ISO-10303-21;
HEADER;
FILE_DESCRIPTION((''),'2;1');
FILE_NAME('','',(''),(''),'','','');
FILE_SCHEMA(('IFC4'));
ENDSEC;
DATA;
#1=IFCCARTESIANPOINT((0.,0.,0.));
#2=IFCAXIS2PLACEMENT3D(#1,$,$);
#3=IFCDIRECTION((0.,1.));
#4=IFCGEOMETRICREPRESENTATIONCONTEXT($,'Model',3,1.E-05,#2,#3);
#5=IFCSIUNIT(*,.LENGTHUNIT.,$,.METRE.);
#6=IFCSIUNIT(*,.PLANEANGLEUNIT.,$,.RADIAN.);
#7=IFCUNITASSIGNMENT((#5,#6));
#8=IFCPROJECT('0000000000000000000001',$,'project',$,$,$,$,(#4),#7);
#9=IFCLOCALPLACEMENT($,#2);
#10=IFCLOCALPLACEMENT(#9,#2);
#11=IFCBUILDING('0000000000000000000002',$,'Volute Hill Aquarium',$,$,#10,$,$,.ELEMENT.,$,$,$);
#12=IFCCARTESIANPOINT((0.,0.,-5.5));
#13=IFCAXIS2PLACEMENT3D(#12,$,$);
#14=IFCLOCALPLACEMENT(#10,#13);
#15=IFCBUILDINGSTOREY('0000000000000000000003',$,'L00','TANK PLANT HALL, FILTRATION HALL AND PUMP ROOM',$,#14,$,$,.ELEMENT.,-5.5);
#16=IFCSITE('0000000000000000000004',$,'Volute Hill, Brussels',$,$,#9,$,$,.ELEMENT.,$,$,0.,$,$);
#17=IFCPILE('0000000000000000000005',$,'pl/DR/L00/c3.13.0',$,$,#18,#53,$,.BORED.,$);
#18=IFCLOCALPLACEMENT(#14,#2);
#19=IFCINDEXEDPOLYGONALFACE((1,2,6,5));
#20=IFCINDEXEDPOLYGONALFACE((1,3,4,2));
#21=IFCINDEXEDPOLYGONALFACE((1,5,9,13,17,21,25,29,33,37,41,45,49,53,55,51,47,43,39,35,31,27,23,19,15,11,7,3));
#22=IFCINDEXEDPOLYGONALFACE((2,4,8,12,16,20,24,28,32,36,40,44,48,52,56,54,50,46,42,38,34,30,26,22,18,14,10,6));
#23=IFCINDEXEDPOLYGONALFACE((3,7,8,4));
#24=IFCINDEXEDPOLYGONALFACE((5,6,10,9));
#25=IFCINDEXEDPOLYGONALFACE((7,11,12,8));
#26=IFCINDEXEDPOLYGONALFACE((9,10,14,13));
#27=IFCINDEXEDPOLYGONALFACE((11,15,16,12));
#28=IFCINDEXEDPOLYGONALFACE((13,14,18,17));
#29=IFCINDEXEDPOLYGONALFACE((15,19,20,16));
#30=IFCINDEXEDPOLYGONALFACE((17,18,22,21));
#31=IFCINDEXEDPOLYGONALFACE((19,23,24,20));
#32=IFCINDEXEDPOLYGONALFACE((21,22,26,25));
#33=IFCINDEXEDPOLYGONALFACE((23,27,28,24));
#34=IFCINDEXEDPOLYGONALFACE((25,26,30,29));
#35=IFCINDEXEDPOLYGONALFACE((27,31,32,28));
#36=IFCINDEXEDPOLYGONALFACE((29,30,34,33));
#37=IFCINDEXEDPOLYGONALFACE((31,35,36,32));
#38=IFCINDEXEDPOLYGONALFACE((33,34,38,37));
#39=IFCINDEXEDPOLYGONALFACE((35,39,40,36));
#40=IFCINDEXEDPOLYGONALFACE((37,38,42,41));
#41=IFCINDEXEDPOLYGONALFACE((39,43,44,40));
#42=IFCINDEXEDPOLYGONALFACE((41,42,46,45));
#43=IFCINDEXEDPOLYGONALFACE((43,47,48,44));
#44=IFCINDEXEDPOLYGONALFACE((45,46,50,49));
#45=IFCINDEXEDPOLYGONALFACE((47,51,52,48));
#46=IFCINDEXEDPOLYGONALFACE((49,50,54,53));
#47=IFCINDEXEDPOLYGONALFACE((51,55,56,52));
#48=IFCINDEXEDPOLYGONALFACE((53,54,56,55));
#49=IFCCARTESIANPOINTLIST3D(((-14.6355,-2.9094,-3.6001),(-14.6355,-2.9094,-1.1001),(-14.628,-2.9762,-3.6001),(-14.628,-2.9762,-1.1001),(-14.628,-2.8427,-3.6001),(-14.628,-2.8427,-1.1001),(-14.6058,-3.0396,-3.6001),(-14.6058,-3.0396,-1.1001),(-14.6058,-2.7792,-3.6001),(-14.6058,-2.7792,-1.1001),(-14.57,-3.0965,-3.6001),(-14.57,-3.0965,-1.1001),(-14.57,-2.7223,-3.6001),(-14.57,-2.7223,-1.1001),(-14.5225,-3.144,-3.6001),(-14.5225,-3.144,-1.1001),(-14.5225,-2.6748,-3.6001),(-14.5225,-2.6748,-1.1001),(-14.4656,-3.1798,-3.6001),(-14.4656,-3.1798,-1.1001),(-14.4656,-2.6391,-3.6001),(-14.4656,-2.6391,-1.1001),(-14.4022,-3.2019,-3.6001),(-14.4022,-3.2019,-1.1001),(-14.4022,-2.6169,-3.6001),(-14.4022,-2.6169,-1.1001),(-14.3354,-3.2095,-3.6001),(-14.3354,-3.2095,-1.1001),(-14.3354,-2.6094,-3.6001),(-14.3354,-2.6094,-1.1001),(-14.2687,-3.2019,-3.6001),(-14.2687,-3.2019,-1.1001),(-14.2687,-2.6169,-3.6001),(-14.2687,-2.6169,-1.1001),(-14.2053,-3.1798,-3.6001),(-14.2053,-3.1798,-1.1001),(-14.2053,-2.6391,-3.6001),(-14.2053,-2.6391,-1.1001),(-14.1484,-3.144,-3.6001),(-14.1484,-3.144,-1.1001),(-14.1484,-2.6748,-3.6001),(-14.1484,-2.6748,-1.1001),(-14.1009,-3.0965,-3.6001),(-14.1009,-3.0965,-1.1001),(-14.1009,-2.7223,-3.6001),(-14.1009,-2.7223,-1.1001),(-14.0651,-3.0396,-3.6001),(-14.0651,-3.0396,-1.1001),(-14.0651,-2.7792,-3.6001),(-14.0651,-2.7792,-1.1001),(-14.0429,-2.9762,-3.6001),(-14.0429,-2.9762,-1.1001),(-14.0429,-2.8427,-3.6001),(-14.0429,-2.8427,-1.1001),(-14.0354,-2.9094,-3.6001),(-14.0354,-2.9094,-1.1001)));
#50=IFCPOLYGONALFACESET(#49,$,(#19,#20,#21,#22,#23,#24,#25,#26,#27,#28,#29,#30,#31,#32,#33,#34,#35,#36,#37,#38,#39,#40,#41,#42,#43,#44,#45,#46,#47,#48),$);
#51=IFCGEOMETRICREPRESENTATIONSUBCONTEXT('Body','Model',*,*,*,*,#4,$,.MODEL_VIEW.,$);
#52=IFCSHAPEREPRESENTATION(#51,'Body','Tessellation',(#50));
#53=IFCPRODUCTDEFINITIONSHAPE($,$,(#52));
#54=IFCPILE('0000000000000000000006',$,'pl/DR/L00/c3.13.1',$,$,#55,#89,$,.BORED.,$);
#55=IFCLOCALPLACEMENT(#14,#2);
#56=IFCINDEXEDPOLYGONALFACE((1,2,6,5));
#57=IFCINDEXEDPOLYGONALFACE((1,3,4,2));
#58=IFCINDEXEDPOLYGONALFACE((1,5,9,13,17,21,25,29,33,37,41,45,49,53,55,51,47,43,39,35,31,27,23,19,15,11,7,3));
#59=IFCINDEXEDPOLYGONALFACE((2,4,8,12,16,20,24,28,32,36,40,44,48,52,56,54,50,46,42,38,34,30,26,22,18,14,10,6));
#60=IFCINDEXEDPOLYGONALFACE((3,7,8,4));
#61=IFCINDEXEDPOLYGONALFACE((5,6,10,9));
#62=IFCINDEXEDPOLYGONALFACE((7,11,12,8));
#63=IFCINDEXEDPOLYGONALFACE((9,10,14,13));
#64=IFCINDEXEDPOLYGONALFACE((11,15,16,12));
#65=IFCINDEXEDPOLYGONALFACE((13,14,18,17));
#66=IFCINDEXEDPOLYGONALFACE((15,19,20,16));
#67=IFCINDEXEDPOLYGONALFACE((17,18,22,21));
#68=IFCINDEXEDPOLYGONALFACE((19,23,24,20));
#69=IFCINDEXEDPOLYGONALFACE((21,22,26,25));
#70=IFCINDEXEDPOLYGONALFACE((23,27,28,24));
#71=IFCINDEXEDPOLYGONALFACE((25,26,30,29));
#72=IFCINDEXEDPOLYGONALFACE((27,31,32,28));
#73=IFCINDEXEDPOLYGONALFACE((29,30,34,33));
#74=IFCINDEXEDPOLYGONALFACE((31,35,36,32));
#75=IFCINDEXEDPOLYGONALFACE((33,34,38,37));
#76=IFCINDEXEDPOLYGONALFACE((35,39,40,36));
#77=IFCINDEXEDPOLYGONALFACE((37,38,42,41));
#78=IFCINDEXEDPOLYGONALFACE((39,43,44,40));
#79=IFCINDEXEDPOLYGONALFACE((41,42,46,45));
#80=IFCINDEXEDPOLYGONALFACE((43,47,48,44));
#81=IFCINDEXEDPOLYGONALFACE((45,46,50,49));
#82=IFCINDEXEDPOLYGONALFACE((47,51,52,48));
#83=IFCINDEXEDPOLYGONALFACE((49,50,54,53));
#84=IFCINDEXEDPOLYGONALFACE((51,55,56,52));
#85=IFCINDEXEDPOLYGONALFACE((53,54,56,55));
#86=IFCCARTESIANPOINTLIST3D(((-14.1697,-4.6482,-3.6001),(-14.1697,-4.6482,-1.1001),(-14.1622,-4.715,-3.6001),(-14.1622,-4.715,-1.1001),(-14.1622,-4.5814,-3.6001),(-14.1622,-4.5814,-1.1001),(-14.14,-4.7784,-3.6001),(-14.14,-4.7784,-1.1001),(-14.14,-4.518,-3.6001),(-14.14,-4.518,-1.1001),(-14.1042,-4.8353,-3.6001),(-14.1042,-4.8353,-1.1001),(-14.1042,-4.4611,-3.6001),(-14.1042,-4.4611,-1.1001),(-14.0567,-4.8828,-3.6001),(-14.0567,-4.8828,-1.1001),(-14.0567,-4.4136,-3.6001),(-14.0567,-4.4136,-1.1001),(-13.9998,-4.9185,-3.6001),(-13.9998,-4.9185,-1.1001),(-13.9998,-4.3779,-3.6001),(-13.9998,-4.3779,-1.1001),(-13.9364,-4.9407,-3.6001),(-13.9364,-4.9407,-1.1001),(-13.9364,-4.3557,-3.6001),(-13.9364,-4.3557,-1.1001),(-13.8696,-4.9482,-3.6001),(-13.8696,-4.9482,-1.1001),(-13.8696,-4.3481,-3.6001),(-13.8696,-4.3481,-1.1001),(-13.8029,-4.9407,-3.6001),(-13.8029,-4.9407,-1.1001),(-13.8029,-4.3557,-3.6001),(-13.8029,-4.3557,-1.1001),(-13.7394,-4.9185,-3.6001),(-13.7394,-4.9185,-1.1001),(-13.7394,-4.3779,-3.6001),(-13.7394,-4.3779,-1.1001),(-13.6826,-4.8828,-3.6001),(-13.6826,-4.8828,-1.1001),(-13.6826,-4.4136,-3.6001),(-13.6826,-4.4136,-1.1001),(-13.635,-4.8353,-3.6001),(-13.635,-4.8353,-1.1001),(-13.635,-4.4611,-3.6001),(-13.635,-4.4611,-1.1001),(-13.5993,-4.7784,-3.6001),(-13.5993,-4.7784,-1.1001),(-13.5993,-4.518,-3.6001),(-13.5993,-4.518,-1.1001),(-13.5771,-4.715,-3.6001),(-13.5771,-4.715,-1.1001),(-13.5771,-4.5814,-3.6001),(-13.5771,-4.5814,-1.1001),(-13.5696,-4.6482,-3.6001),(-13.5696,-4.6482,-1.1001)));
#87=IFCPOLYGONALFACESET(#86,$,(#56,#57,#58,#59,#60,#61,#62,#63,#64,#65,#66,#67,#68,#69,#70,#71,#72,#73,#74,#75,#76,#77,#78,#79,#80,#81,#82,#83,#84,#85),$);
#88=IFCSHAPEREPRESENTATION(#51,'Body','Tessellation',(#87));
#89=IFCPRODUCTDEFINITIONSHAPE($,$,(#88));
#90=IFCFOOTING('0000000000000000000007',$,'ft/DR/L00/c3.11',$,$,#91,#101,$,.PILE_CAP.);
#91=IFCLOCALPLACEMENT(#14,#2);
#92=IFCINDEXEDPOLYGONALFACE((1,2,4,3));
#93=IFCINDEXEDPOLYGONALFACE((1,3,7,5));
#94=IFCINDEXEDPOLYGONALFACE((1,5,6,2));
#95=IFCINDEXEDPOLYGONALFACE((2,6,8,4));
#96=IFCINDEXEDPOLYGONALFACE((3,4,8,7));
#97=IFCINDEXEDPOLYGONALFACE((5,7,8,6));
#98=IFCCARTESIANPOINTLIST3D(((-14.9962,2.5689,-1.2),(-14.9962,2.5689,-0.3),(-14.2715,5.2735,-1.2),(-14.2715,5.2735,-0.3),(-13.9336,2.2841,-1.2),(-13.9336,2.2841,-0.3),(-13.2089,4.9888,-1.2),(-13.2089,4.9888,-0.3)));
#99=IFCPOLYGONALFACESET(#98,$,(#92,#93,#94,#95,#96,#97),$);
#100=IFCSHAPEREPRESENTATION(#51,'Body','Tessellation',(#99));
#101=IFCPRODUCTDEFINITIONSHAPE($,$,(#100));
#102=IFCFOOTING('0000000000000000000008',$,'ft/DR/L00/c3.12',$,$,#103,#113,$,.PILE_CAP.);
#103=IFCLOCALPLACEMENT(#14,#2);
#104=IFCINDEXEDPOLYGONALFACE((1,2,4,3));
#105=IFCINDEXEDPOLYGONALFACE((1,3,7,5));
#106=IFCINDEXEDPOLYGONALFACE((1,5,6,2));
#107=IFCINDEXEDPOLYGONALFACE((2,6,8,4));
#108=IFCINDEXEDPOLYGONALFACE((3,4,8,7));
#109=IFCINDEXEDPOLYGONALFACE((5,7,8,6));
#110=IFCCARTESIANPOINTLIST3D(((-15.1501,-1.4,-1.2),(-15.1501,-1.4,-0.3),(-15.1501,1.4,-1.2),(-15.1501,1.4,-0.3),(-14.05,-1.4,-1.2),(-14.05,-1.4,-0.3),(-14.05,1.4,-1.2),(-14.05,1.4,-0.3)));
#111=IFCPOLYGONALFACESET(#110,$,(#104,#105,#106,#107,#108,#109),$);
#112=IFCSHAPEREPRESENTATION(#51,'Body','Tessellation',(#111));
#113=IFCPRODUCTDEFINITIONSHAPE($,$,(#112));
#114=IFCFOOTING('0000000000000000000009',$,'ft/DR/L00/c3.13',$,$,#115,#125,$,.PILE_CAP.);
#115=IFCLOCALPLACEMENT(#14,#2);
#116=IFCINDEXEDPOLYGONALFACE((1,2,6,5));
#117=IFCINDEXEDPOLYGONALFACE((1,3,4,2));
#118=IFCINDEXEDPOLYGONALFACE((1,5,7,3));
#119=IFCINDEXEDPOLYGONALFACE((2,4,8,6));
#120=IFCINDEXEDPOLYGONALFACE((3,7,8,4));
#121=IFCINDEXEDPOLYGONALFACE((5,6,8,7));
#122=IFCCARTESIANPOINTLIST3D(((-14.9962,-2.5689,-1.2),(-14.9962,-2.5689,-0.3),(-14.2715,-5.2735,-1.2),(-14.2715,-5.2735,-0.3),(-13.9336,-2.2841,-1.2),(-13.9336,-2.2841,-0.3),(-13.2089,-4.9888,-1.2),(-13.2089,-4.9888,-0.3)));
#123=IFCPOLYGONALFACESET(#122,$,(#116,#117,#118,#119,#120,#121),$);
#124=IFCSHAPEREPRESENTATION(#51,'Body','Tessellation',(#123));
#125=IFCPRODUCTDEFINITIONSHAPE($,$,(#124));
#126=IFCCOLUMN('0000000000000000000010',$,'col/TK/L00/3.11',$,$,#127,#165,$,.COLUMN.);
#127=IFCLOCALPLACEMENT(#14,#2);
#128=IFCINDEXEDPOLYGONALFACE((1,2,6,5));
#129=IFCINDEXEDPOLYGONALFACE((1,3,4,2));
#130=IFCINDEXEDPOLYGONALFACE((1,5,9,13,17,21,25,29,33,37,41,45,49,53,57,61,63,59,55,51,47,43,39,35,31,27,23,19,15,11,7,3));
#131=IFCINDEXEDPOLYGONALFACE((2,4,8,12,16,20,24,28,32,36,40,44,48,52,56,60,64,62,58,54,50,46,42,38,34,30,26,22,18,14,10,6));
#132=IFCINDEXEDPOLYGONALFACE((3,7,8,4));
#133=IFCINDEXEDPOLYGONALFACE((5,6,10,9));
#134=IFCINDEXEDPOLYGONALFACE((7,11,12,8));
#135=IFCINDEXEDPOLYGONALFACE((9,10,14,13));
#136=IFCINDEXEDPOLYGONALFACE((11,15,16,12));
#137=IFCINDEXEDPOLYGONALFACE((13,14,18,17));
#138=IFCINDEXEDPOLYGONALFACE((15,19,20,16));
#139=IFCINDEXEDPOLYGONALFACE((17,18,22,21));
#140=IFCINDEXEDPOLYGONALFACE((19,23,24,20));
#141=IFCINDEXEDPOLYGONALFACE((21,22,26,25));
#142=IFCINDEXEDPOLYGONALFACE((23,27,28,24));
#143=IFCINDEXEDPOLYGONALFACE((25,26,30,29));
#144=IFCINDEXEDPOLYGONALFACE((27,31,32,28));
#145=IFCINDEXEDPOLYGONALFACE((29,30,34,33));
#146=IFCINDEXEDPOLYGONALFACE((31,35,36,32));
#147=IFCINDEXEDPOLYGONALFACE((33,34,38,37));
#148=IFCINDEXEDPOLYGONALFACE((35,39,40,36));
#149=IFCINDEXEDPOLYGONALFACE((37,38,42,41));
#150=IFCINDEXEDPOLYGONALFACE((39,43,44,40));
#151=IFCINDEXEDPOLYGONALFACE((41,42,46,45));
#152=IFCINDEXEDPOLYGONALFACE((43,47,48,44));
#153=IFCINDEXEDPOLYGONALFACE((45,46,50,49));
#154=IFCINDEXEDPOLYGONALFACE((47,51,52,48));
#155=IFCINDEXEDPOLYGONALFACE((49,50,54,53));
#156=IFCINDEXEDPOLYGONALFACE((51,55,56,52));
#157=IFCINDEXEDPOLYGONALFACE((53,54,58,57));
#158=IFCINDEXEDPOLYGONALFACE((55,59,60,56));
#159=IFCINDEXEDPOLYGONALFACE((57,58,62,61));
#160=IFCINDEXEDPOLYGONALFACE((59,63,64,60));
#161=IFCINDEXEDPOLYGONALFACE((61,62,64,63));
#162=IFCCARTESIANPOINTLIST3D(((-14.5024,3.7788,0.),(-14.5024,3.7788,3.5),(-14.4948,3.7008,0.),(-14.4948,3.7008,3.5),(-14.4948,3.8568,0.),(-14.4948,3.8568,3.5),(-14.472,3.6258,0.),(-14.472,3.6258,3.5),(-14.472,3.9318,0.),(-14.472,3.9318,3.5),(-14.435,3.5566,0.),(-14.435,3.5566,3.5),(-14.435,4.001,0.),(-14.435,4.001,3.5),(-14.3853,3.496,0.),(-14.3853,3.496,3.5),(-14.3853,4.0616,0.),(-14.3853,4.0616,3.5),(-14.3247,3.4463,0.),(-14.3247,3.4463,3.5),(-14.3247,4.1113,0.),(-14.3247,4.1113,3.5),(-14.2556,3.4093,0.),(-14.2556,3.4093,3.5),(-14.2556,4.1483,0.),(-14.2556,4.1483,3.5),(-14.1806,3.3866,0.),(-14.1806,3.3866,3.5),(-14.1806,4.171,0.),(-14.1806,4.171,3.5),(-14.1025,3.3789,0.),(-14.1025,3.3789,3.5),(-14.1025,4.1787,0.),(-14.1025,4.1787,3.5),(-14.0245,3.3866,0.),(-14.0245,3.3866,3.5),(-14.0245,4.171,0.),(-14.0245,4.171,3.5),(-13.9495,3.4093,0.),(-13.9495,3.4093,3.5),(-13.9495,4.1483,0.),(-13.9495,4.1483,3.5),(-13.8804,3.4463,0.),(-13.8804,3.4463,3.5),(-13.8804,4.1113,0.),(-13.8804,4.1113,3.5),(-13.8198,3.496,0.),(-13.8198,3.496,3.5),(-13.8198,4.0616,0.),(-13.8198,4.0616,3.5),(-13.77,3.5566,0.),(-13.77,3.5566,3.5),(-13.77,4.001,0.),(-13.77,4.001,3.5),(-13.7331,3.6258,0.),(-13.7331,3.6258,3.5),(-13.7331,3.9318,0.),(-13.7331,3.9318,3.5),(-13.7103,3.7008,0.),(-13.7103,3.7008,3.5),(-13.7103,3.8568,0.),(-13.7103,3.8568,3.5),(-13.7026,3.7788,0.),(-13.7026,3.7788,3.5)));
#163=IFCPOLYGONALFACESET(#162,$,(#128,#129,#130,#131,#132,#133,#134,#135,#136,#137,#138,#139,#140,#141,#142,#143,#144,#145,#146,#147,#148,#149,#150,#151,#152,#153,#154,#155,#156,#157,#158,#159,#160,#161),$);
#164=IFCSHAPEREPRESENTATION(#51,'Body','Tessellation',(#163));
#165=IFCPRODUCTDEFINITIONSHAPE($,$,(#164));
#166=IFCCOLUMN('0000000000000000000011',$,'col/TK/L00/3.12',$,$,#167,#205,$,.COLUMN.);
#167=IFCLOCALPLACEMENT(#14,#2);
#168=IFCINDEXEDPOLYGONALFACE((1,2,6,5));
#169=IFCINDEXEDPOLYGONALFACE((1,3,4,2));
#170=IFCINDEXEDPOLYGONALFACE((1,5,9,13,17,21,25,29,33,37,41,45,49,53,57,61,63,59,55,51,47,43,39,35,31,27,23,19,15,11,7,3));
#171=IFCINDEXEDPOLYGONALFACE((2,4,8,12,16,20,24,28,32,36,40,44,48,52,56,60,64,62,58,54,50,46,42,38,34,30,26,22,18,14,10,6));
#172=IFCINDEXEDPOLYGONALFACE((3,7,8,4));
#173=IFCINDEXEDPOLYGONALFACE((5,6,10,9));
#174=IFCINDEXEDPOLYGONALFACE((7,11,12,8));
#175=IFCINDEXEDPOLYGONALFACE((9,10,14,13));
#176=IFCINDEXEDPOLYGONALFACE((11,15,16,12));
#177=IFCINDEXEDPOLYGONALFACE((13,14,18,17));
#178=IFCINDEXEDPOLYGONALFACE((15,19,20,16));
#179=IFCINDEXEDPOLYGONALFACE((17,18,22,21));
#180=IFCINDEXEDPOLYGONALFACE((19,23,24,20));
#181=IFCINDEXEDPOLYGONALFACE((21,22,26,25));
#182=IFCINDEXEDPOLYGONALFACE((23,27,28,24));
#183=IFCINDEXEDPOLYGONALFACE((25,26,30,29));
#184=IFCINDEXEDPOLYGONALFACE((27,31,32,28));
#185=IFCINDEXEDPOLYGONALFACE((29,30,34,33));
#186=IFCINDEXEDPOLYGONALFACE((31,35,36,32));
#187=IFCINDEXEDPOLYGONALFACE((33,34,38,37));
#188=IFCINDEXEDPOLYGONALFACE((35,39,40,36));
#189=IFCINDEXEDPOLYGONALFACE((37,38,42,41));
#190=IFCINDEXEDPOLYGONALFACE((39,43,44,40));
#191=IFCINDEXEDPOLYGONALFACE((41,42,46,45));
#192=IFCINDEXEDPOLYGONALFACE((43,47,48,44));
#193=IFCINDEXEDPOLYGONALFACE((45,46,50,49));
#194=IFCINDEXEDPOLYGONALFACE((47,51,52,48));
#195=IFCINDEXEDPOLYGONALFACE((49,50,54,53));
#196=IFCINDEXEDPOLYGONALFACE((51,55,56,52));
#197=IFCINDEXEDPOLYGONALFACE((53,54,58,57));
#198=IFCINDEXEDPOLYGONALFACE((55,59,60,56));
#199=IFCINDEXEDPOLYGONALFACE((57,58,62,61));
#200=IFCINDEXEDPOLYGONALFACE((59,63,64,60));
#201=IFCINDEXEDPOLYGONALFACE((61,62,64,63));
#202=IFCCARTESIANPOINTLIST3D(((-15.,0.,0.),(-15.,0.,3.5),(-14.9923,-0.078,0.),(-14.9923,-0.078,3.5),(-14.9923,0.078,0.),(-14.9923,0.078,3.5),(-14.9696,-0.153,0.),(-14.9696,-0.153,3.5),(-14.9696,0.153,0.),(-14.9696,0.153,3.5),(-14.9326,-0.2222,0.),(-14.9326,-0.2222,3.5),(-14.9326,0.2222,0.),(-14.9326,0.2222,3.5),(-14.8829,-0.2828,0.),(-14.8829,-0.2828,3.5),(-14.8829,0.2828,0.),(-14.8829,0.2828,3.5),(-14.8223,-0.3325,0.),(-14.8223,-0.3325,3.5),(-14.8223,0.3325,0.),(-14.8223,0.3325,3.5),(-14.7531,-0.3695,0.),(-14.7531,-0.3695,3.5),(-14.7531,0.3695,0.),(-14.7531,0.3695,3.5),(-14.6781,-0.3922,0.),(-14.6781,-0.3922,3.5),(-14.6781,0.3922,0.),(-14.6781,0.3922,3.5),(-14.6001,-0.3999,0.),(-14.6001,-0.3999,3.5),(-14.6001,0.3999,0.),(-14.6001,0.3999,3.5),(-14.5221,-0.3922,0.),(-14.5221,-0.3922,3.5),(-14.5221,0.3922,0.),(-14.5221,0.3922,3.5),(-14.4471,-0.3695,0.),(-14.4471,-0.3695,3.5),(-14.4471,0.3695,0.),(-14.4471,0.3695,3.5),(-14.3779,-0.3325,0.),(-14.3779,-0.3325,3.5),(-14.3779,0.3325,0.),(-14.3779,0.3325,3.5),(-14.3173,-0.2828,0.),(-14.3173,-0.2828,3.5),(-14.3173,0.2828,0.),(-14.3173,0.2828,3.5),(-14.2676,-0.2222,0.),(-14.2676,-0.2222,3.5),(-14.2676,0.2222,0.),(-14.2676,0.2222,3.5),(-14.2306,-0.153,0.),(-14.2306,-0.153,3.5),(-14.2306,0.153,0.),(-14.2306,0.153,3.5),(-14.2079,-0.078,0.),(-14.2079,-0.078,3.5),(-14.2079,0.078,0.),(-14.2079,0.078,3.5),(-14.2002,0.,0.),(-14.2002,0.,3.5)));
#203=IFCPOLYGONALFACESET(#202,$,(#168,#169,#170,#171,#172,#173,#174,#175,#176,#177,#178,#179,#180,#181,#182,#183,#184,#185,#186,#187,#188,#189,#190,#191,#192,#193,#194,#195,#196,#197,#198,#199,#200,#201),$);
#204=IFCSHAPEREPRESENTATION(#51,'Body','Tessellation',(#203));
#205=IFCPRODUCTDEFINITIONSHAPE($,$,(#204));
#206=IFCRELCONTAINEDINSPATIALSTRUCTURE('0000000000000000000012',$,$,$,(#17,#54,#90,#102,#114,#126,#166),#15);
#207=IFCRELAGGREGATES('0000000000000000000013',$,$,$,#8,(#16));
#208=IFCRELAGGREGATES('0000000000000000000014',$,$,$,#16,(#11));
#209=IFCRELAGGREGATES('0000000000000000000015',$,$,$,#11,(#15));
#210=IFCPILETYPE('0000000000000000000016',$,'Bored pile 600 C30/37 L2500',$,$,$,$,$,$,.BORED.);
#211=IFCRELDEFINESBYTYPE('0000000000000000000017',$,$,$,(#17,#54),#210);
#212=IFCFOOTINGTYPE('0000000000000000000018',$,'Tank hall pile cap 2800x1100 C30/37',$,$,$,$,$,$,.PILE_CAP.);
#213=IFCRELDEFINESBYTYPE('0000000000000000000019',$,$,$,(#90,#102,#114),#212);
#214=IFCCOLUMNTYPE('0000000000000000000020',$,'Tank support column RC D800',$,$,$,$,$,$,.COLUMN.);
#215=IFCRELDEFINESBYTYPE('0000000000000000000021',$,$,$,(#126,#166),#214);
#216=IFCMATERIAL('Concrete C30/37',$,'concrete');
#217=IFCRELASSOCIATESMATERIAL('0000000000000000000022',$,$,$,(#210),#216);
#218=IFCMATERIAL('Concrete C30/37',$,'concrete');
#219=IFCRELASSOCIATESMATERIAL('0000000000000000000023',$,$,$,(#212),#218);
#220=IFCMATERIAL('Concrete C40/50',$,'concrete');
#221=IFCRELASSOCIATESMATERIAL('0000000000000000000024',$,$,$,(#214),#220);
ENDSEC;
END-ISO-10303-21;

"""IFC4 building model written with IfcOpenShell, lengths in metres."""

from ifc_helpers import new_model, si_unit, direction, frame, origin, origin_2d, place, context, subcontext, project, spatial, rectangle, circle, extrude, material, material_profile, profile_set, type_object, element, save


model = new_model("IFC4")

# Units and contexts
model_context = context("Model", 3, precision=1e-05, world=origin(), true_north=direction((0.0, 1.0)))
body_context = subcontext(model_context, "Body", "Model", "MODEL_VIEW")
ifc_project = project(units=[si_unit("LENGTHUNIT", "METRE"), si_unit("PLANEANGLEUNIT", "RADIAN")], contexts=[model_context])

# Site, building, storey
site_placement = place(None, origin())
site = spatial("IfcSite", under=ifc_project, at=site_placement, Name="Volute Hill, Brussels", CompositionType="ELEMENT", RefElevation=0.0)
building_placement = place(site_placement, origin())
building = spatial("IfcBuilding", under=site, at=building_placement, Name="Volute Hill Aquarium", CompositionType="ELEMENT")
storey_placement = place(building_placement, frame((0.0, 0.0, -5.5)))
storey = spatial("IfcBuildingStorey", under=building, at=storey_placement, Name="L00", Description="TANK PLANT HALL, FILTRATION HALL AND PUMP ROOM", CompositionType="ELEMENT", Elevation=-5.5)

# Piles
ifc_material_1 = material(Name="Concrete C30/37", Category="concrete")
pile_type = type_object("IfcPileType", Name="Bored pile 600 C30/37 L2500", PredefinedType="BORED", material=ifc_material_1)
for number, where, z_axis, x_axis, name in (
    (1, (-14.3354, -2.9094, -1.1001), (0.0, 0.0, -1.0), (1.0, 0.0, 0.0), "pl/DR/L00/c3.13.0"),
    (2, (-13.8696, -4.6482, -1.1001), (0.0, 0.0, -1.0), (1.0, 0.0, 0.0), "pl/DR/L00/c3.13.1"),
):
    element("IfcPile", number, at=place(storey_placement, frame(where, z_axis=z_axis, x_axis=x_axis)), inside=storey, type_object=pile_type, Name=name, PredefinedType="BORED", context=body_context, shape_type="SweptSolid", body=[
        extrude(circle(Radius=0.3, at=origin_2d()), origin(), (0.0, 0.0, 1.0), 2.5),
    ])

# Footings
ifc_material_2 = material(Name="Concrete C30/37", Category="concrete")
footing_type = type_object("IfcFootingType", Name="Tank hall pile cap 2800x1100 C30/37", PredefinedType="PILE_CAP", material=ifc_material_2)
for number, where, z_axis, x_axis, name in (
    (3, (-14.1025, 3.7788, -1.2), (0.0, 0.0, 1.0), (-0.258819, -0.965926, 0.0), "ft/DR/L00/c3.11"),
    (4, (-14.6001, 0.0, -1.2), (0.0, 0.0, 1.0), (0.0, -1.0, 0.0), "ft/DR/L00/c3.12"),
    (5, (-14.1025, -3.7788, -1.2), (0.0, 0.0, 1.0), (0.258819, -0.965926, 0.0), "ft/DR/L00/c3.13"),
):
    element("IfcFooting", number, at=place(storey_placement, frame(where, z_axis=z_axis, x_axis=x_axis)), inside=storey, type_object=footing_type, Name=name, PredefinedType="PILE_CAP", context=body_context, shape_type="SweptSolid", body=[
        extrude(rectangle(XDim=2.8, YDim=1.1001, at=origin_2d()), origin(), (0.0, 0.0, 1.0), 0.8999),
    ])

# Columns
ifc_material_3 = material(Name="Concrete C40/50", Category="concrete")
ifc_material_profile_1 = material_profile(ifc_material_3, circle(Radius=0.3999, at=origin_2d()), Name="RC round column D800")
ifc_profile_set_1 = profile_set([ifc_material_profile_1], Name="Concrete C40/50")
column_type = type_object("IfcColumnType", Name="Tank support column RC D800", PredefinedType="COLUMN", material=ifc_profile_set_1)
for number, where, z_axis, x_axis, name in (
    (6, (-14.1025, 3.7788, 0.0), (0.0, 0.0, 1.0), (1.0, 0.0, 0.0), "col/TK/L00/3.11"),
    (7, (-14.6001, 0.0, 0.0), (0.0, 0.0, 1.0), (1.0, 0.0, 0.0), "col/TK/L00/3.12"),
):
    element("IfcColumn", number, at=place(storey_placement, frame(where, z_axis=z_axis, x_axis=x_axis)), inside=storey, type_object=column_type, Name=name, PredefinedType="COLUMN", context=body_context, shape_type="SweptSolid", body=[
        extrude(circle(Radius=0.3999, at=origin_2d()), origin(), (0.0, 0.0, 1.0), 3.5),
    ])

save(model, "model.ifc")
